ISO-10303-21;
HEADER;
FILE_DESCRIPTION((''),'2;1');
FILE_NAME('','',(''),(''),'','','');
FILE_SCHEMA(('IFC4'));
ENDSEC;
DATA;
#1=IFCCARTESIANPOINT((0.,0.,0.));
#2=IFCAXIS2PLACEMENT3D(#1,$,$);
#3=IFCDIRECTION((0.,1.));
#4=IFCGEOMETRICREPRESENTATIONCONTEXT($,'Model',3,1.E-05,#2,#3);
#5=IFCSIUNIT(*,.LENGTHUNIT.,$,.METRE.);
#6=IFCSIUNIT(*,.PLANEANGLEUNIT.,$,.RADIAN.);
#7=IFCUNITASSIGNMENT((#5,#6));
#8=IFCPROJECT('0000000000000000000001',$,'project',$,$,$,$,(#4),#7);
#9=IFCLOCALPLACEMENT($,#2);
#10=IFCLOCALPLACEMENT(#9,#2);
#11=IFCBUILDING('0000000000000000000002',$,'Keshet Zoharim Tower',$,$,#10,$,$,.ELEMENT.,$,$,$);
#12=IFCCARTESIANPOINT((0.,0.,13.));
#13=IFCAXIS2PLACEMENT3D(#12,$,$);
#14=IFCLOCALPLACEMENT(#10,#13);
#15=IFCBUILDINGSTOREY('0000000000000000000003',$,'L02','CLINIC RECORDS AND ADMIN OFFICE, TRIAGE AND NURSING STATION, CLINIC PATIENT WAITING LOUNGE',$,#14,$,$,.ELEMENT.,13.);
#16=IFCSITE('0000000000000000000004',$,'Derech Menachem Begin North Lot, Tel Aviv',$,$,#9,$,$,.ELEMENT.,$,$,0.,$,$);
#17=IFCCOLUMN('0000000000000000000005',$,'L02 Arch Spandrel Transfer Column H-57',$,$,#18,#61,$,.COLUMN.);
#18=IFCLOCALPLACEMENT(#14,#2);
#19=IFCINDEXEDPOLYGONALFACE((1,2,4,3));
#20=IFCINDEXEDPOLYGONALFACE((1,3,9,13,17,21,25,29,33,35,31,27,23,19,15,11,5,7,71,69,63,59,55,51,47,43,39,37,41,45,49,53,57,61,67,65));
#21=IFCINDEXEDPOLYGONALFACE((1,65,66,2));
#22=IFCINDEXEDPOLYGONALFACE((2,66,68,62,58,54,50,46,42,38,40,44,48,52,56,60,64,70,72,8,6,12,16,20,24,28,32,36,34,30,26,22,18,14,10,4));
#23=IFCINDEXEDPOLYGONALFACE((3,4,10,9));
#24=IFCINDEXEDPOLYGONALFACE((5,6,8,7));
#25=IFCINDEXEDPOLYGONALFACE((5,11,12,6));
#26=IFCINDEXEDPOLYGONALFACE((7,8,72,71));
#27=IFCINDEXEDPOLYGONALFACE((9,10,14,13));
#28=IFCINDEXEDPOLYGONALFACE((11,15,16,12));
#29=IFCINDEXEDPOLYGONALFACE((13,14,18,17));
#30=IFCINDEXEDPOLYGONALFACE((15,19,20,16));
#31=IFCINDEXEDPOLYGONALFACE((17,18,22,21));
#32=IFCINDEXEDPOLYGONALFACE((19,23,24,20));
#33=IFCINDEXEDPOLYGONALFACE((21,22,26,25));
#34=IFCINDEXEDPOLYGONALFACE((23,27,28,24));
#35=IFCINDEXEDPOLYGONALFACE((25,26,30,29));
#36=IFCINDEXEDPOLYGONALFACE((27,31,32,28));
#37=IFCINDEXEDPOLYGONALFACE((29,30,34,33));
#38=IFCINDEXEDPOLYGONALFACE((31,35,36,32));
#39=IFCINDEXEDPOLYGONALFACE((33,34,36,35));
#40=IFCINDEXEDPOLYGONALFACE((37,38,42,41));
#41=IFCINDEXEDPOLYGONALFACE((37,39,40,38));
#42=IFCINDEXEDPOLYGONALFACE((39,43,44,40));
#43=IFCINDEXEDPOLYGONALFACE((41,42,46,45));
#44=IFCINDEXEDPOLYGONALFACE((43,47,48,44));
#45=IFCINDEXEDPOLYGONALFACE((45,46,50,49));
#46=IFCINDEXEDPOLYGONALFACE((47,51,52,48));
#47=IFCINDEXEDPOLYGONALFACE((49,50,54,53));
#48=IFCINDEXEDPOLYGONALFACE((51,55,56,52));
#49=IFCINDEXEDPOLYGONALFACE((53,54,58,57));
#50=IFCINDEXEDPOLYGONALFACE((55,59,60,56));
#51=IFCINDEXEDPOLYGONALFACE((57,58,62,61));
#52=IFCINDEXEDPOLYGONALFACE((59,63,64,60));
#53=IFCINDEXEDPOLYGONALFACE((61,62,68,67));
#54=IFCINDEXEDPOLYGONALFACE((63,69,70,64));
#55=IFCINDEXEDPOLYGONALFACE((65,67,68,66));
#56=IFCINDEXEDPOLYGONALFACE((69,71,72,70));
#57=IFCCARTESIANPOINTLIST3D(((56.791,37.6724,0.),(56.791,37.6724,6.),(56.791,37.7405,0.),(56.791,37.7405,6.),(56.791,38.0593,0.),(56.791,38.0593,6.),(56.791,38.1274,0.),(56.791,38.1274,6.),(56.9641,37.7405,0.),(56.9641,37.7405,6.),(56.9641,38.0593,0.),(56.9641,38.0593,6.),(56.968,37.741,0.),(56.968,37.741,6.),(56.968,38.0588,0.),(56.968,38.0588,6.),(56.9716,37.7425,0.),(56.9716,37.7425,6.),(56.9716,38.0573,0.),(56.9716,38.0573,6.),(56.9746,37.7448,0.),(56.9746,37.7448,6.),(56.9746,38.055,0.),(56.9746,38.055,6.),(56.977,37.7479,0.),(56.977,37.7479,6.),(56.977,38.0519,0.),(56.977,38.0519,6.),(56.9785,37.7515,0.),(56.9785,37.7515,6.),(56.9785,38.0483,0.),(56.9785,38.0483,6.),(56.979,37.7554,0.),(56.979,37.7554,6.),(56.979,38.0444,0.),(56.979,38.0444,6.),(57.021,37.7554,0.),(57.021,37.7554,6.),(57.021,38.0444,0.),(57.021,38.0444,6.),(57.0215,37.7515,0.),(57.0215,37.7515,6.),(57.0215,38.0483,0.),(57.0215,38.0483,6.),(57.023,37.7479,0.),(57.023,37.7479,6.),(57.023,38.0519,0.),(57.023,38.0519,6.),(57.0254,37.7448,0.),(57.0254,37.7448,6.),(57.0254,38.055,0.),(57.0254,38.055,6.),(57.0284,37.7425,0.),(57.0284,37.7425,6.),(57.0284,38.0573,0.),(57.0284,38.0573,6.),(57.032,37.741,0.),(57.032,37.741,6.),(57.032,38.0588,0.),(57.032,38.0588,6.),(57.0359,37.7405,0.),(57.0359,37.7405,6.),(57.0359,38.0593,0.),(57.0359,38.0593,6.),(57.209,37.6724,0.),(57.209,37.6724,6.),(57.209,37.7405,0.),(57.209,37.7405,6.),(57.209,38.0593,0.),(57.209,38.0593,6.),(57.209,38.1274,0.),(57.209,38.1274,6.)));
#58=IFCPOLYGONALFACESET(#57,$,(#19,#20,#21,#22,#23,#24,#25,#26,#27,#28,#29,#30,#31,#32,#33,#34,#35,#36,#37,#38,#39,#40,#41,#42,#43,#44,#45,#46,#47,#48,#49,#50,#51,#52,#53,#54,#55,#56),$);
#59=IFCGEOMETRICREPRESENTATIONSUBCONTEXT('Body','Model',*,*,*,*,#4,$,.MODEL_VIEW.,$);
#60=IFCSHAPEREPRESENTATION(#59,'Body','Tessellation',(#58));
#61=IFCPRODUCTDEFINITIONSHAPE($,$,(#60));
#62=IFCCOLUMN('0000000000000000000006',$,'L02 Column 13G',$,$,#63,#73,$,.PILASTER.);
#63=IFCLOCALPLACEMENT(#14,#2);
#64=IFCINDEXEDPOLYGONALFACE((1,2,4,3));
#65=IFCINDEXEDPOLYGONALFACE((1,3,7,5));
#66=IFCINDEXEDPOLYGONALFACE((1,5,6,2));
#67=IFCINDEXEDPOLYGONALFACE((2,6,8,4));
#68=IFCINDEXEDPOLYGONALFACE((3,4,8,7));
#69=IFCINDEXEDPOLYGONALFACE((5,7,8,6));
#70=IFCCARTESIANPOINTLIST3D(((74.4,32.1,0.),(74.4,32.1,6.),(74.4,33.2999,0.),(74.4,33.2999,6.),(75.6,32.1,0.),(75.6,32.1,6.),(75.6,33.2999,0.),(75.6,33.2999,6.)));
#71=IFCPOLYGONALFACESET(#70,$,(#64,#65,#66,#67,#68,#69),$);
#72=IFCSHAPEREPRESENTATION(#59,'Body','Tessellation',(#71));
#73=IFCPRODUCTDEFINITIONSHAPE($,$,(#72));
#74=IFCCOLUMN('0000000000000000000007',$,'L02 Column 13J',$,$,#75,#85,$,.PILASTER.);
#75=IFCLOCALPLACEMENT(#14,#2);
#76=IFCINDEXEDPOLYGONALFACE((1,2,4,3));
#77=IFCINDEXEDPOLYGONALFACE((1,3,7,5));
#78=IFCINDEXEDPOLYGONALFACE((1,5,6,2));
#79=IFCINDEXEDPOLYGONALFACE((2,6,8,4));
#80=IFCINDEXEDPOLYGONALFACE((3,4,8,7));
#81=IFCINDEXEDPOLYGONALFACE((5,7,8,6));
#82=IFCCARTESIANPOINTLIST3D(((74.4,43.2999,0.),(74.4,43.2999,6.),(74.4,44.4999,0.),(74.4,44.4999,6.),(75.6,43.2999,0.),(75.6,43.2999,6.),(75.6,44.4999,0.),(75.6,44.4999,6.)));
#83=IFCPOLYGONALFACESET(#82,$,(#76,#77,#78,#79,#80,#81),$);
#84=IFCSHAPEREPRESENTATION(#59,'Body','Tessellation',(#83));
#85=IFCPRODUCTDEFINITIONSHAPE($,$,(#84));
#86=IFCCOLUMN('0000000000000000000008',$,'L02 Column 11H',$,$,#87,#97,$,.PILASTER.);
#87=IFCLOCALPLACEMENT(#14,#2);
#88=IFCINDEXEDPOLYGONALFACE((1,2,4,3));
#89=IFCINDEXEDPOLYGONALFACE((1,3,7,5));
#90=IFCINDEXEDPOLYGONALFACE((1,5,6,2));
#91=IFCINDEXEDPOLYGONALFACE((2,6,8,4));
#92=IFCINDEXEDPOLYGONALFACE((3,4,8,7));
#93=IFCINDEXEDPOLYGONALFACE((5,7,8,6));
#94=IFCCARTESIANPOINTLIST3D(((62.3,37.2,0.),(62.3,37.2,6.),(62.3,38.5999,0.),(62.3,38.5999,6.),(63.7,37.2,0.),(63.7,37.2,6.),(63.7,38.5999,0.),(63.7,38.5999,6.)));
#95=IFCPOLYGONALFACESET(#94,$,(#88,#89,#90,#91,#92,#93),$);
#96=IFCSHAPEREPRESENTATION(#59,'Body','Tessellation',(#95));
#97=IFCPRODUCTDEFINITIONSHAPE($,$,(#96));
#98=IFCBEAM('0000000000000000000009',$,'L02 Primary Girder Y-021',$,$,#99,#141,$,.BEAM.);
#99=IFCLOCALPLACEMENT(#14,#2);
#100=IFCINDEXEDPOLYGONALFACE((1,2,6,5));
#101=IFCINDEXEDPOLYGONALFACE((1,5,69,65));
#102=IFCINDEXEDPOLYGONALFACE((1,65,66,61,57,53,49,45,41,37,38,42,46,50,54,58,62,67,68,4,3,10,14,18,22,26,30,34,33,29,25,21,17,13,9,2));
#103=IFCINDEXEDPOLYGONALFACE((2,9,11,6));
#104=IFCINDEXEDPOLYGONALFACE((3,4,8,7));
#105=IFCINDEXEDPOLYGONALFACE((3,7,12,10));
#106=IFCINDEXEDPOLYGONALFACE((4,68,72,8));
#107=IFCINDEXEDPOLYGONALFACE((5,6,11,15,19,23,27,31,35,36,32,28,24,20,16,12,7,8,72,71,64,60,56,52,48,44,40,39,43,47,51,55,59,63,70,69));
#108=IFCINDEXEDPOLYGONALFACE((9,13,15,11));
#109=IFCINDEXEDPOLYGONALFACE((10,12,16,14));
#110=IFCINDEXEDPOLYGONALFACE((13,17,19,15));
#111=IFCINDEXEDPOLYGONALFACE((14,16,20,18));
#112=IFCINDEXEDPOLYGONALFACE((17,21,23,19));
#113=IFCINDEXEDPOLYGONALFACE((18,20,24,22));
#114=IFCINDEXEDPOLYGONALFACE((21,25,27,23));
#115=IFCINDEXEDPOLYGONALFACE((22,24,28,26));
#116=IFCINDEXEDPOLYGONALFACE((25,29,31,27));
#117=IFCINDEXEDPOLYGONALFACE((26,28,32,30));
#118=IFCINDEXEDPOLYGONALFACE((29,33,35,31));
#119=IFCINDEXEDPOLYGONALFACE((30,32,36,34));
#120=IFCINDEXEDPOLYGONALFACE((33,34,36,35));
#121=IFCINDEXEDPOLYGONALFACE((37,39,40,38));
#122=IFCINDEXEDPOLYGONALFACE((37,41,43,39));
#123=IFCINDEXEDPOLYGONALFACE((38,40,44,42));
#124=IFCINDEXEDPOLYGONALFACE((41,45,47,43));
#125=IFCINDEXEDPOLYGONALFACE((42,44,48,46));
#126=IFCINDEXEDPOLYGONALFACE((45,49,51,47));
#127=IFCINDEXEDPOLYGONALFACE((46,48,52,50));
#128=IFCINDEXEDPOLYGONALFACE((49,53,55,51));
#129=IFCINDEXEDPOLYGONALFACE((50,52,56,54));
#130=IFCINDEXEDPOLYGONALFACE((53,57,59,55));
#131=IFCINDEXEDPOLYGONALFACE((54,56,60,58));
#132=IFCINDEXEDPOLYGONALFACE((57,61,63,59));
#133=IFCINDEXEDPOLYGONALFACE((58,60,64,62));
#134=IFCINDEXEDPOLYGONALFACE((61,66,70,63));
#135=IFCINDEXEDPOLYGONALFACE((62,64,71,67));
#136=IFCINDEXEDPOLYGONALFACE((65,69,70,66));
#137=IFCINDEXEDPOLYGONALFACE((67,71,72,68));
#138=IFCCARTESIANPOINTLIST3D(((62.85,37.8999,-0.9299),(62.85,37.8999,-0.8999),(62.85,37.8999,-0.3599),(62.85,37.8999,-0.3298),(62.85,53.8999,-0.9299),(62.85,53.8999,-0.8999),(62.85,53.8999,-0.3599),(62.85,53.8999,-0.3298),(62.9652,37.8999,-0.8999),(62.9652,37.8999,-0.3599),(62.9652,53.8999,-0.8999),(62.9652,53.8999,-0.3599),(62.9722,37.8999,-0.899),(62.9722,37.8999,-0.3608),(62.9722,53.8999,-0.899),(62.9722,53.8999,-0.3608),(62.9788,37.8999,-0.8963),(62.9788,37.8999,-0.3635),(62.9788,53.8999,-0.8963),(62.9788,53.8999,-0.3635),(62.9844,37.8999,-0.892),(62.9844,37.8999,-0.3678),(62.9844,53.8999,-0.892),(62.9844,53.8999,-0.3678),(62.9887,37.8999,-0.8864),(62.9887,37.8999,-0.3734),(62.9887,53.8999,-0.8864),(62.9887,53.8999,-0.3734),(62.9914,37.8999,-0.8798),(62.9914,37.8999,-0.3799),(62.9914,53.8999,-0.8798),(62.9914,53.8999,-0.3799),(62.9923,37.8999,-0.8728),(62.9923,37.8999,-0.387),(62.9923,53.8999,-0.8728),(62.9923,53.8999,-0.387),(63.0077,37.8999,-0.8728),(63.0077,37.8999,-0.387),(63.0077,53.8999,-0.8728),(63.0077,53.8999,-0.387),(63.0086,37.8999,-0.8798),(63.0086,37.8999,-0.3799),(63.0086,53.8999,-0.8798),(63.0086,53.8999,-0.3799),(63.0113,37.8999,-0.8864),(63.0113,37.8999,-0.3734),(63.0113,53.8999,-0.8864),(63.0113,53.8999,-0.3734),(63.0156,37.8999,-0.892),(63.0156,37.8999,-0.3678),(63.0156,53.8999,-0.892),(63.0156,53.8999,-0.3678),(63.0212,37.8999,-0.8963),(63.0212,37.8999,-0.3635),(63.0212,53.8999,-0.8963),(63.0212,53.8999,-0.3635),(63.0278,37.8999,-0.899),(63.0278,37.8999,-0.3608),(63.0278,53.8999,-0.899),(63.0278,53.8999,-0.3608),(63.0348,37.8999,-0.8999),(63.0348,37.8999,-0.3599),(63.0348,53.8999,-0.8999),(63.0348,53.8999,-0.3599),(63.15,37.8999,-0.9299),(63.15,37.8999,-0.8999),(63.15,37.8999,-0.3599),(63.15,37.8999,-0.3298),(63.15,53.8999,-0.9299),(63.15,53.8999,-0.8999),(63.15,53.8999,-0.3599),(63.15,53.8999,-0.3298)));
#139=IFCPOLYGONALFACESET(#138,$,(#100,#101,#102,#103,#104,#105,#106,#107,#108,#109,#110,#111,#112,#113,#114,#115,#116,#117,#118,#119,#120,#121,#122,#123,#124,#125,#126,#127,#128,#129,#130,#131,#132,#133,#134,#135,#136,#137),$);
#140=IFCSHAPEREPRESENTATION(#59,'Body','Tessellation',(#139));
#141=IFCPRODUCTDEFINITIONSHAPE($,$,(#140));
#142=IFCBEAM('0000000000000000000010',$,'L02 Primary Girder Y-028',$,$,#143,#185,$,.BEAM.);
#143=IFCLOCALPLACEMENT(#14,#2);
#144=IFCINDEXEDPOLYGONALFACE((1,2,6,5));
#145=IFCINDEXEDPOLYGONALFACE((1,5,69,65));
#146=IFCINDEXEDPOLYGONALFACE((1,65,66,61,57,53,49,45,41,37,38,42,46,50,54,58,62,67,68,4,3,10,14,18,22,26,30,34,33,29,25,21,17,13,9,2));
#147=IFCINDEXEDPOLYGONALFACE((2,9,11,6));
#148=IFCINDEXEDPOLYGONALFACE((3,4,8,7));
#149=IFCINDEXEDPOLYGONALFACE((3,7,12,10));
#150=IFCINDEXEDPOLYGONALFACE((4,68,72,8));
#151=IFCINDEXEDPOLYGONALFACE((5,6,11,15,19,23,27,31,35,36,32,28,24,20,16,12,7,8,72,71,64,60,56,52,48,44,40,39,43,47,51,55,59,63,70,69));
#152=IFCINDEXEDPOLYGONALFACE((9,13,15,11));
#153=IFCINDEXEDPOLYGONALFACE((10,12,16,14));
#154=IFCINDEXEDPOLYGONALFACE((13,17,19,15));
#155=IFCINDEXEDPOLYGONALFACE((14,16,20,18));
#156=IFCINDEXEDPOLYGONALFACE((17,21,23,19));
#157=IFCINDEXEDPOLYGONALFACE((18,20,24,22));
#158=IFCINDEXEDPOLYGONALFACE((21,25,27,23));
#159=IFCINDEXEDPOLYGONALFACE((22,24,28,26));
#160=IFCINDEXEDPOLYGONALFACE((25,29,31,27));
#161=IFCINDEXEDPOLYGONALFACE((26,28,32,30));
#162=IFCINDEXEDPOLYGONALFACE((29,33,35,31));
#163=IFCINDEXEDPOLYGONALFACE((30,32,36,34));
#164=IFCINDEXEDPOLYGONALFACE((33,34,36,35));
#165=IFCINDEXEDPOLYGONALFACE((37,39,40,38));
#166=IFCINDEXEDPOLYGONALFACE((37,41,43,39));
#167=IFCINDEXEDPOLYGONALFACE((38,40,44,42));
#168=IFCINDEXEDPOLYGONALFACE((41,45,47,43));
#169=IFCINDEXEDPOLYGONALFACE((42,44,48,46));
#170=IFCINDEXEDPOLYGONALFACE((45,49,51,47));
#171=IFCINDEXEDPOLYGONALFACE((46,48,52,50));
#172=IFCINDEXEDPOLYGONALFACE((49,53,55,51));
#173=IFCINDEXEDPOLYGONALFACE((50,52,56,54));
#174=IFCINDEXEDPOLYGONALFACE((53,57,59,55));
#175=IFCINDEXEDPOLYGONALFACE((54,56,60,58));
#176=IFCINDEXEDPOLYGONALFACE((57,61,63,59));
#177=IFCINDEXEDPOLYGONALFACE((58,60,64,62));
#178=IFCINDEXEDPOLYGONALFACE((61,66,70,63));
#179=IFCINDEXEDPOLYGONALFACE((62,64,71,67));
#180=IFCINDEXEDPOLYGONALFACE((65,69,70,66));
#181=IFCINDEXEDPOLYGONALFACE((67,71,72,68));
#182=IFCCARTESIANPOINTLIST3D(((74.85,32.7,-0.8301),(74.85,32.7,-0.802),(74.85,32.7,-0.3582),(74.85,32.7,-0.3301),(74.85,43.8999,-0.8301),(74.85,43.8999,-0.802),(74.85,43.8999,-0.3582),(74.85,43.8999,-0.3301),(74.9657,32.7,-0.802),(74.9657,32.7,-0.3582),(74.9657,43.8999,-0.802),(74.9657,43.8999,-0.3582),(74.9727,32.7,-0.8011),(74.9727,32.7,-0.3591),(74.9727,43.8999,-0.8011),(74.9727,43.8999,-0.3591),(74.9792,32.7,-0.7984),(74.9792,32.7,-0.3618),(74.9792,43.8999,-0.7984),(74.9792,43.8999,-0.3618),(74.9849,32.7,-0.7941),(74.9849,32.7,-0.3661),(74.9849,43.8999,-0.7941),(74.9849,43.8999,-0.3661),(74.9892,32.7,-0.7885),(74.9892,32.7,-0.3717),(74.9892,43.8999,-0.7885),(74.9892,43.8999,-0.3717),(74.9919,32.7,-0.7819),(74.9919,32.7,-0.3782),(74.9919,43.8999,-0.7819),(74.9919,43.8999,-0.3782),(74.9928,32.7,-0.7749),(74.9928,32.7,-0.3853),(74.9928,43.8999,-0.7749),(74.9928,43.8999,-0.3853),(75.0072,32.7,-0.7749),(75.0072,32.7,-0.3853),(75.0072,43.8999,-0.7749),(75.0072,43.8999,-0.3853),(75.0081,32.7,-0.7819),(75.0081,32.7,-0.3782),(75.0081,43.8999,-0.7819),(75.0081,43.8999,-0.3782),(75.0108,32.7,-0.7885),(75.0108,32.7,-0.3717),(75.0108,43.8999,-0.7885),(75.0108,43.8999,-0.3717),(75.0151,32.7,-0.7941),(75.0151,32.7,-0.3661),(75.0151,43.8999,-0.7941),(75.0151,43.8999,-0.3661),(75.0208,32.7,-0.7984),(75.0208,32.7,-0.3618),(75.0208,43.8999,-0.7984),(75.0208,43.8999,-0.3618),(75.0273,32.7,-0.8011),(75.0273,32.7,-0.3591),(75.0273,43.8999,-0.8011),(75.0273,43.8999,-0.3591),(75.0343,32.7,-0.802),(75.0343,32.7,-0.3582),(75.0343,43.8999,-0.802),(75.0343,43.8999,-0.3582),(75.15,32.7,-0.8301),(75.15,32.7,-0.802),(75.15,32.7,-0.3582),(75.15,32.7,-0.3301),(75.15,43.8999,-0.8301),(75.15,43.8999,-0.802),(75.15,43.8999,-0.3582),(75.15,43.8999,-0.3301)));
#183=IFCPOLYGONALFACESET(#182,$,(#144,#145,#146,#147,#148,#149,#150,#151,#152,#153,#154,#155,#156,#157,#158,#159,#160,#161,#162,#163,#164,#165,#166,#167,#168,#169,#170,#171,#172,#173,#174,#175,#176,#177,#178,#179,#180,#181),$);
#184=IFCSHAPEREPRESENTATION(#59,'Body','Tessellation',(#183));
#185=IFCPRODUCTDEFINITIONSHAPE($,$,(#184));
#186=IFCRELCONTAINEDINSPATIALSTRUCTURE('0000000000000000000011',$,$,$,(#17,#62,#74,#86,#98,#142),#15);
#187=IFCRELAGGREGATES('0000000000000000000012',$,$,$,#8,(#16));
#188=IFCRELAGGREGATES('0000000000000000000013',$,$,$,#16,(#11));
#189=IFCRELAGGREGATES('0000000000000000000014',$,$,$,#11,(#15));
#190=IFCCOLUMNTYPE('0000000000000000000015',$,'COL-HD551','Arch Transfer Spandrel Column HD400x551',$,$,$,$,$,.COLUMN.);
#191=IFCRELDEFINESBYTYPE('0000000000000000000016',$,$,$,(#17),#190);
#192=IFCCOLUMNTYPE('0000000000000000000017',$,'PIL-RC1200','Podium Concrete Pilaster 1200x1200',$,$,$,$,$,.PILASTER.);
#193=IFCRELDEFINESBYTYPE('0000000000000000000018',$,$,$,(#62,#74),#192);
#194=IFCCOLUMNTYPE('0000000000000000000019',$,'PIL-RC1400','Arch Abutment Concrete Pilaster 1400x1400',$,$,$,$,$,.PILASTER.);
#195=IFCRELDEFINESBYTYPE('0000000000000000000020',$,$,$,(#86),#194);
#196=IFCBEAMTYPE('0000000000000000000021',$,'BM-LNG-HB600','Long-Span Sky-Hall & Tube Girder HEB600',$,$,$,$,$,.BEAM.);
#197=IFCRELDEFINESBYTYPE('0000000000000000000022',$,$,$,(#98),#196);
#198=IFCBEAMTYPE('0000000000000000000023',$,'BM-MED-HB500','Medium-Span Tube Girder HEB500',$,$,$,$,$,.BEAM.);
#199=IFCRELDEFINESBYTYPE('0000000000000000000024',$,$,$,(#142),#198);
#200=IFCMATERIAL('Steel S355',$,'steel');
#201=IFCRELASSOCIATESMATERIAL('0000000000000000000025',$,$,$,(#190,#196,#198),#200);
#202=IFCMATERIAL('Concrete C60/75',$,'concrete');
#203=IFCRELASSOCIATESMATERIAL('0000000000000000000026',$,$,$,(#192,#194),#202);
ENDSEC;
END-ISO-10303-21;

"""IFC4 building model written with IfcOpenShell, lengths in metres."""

from ifc_helpers import new_model, si_unit, direction, frame, origin, origin_2d, place, context, subcontext, project, spatial, rectangle, i_section, extrude, material, material_profile, profile_set, type_object, element, save


model = new_model("IFC4")

# Units and contexts
model_context = context("Model", 3, precision=1e-05, world=origin(), true_north=direction((0.0, 1.0)))
body_context = subcontext(model_context, "Body", "Model", "MODEL_VIEW")
ifc_project = project(units=[si_unit("LENGTHUNIT", "METRE"), si_unit("PLANEANGLEUNIT", "RADIAN")], contexts=[model_context])

# Site, building, storey
site_placement = place(None, origin())
site = spatial("IfcSite", under=ifc_project, at=site_placement, Name="Derech Menachem Begin North Lot, Tel Aviv", CompositionType="ELEMENT", RefElevation=0.0)
building_placement = place(site_placement, origin())
building = spatial("IfcBuilding", under=site, at=building_placement, Name="Keshet Zoharim Tower", CompositionType="ELEMENT")
storey_placement = place(building_placement, frame((0.0, 0.0, 13.0)))
storey = spatial("IfcBuildingStorey", under=building, at=storey_placement, Name="L02", Description="CLINIC RECORDS AND ADMIN OFFICE, TRIAGE AND NURSING STATION, CLINIC PATIENT WAITING LOUNGE", CompositionType="ELEMENT", Elevation=13.0)

# Columns
ifc_material_1 = material(Name="Steel S355", Category="steel")
ifc_material_profile_1 = material_profile(ifc_material_1, i_section(OverallWidth=0.418, OverallDepth=0.4551, WebThickness=0.042, FlangeThickness=0.0681, FilletRadius=0.0149, at=origin_2d()), Name="HD400x551")
ifc_profile_set_1 = profile_set([ifc_material_profile_1], Name="Steel S355")
column_type_1 = type_object("IfcColumnType", Name="COL-HD551", Description="Arch Transfer Spandrel Column HD400x551", PredefinedType="COLUMN", material=ifc_profile_set_1)
column_1_placement = place(storey_placement, frame((57.0, 37.8999, 0.0), z_axis=(0.0, 0.0, 1.0), x_axis=(1.0, 0.0, 0.0)))
element("IfcColumn", 1, at=column_1_placement, inside=storey, type_object=column_type_1, Name="L02 Arch Spandrel Transfer Column H-57", PredefinedType="COLUMN", context=body_context, shape_type="SweptSolid", body=[
    extrude(i_section(OverallWidth=0.418, OverallDepth=0.4551, WebThickness=0.042, FlangeThickness=0.0681, FilletRadius=0.0149, at=origin_2d()), origin(), (0.0, 0.0, 1.0), 6.0),
])
ifc_material_2 = material(Name="Concrete C60/75", Category="concrete")
ifc_material_profile_2 = material_profile(ifc_material_2, rectangle(XDim=1.2, YDim=1.2, at=origin_2d()), Name="RC1200x1200")
ifc_profile_set_2 = profile_set([ifc_material_profile_2], Name="Concrete C60/75")
column_type_2 = type_object("IfcColumnType", Name="PIL-RC1200", Description="Podium Concrete Pilaster 1200x1200", PredefinedType="PILASTER", material=ifc_profile_set_2)
for number, where, z_axis, x_axis, name in (
    (2, (75.0, 32.7, 0.0), (0.0, 0.0, 1.0), (1.0, 0.0, 0.0), "L02 Column 13G"),
    (3, (75.0, 43.8999, 0.0), (0.0, 0.0, 1.0), (1.0, 0.0, 0.0), "L02 Column 13J"),
):
    element("IfcColumn", number, at=place(storey_placement, frame(where, z_axis=z_axis, x_axis=x_axis)), inside=storey, type_object=column_type_2, Name=name, PredefinedType="PILASTER", context=body_context, shape_type="SweptSolid", body=[
        extrude(rectangle(XDim=1.2, YDim=1.2, at=origin_2d()), origin(), (0.0, 0.0, 1.0), 6.0),
    ])
ifc_material_profile_3 = material_profile(ifc_material_2, rectangle(XDim=1.3999, YDim=1.3999, at=origin_2d()), Name="RC1400x1400")
ifc_profile_set_3 = profile_set([ifc_material_profile_3], Name="Concrete C60/75")
column_type_3 = type_object("IfcColumnType", Name="PIL-RC1400", Description="Arch Abutment Concrete Pilaster 1400x1400", PredefinedType="PILASTER", material=ifc_profile_set_3)
column_2_placement = place(storey_placement, frame((63.0, 37.8999, 0.0), z_axis=(0.0, 0.0, 1.0), x_axis=(1.0, 0.0, 0.0)))
element("IfcColumn", 4, at=column_2_placement, inside=storey, type_object=column_type_3, Name="L02 Column 11H", PredefinedType="PILASTER", context=body_context, shape_type="SweptSolid", body=[
    extrude(rectangle(XDim=1.3999, YDim=1.3999, at=origin_2d()), origin(), (0.0, 0.0, 1.0), 6.0),
])

# Beams
ifc_material_profile_4 = material_profile(ifc_material_1, i_section(OverallWidth=0.3, OverallDepth=0.6001, WebThickness=0.0154, FlangeThickness=0.03, FilletRadius=0.0271, at=origin_2d()), Name="HEB600")
ifc_profile_set_4 = profile_set([ifc_material_profile_4], Name="Steel S355")
beam_type_1 = type_object("IfcBeamType", Name="BM-LNG-HB600", Description="Long-Span Sky-Hall & Tube Girder HEB600", PredefinedType="BEAM", material=ifc_profile_set_4)
beam_1_placement = place(storey_placement, frame((63.0, 37.8999, -0.6299), z_axis=(0.0, 1.0, 0.0), x_axis=(-1.0, 0.0, 0.0)))
element("IfcBeam", 5, at=beam_1_placement, inside=storey, type_object=beam_type_1, Name="L02 Primary Girder Y-021", PredefinedType="BEAM", context=body_context, shape_type="SweptSolid", body=[
    extrude(i_section(OverallWidth=0.3, OverallDepth=0.6001, WebThickness=0.0154, FlangeThickness=0.03, FilletRadius=0.0271, at=origin_2d()), origin(), (0.0, 0.0, 1.0), 16.0),
])
ifc_material_profile_5 = material_profile(ifc_material_1, i_section(OverallWidth=0.3, OverallDepth=0.5, WebThickness=0.0144, FlangeThickness=0.0281, FilletRadius=0.0271, at=origin_2d()), Name="HEB500")
ifc_profile_set_5 = profile_set([ifc_material_profile_5], Name="Steel S355")
beam_type_2 = type_object("IfcBeamType", Name="BM-MED-HB500", Description="Medium-Span Tube Girder HEB500", PredefinedType="BEAM", material=ifc_profile_set_5)
beam_2_placement = place(storey_placement, frame((75.0, 32.7, -0.5801), z_axis=(0.0, 1.0, 0.0), x_axis=(-1.0, 0.0, 0.0)))
element("IfcBeam", 6, at=beam_2_placement, inside=storey, type_object=beam_type_2, Name="L02 Primary Girder Y-028", PredefinedType="BEAM", context=body_context, shape_type="SweptSolid", body=[
    extrude(i_section(OverallWidth=0.3, OverallDepth=0.5, WebThickness=0.0144, FlangeThickness=0.0281, FilletRadius=0.0271, at=origin_2d()), origin(), (0.0, 0.0, 1.0), 11.2),
])

save(model, "model.ifc")
